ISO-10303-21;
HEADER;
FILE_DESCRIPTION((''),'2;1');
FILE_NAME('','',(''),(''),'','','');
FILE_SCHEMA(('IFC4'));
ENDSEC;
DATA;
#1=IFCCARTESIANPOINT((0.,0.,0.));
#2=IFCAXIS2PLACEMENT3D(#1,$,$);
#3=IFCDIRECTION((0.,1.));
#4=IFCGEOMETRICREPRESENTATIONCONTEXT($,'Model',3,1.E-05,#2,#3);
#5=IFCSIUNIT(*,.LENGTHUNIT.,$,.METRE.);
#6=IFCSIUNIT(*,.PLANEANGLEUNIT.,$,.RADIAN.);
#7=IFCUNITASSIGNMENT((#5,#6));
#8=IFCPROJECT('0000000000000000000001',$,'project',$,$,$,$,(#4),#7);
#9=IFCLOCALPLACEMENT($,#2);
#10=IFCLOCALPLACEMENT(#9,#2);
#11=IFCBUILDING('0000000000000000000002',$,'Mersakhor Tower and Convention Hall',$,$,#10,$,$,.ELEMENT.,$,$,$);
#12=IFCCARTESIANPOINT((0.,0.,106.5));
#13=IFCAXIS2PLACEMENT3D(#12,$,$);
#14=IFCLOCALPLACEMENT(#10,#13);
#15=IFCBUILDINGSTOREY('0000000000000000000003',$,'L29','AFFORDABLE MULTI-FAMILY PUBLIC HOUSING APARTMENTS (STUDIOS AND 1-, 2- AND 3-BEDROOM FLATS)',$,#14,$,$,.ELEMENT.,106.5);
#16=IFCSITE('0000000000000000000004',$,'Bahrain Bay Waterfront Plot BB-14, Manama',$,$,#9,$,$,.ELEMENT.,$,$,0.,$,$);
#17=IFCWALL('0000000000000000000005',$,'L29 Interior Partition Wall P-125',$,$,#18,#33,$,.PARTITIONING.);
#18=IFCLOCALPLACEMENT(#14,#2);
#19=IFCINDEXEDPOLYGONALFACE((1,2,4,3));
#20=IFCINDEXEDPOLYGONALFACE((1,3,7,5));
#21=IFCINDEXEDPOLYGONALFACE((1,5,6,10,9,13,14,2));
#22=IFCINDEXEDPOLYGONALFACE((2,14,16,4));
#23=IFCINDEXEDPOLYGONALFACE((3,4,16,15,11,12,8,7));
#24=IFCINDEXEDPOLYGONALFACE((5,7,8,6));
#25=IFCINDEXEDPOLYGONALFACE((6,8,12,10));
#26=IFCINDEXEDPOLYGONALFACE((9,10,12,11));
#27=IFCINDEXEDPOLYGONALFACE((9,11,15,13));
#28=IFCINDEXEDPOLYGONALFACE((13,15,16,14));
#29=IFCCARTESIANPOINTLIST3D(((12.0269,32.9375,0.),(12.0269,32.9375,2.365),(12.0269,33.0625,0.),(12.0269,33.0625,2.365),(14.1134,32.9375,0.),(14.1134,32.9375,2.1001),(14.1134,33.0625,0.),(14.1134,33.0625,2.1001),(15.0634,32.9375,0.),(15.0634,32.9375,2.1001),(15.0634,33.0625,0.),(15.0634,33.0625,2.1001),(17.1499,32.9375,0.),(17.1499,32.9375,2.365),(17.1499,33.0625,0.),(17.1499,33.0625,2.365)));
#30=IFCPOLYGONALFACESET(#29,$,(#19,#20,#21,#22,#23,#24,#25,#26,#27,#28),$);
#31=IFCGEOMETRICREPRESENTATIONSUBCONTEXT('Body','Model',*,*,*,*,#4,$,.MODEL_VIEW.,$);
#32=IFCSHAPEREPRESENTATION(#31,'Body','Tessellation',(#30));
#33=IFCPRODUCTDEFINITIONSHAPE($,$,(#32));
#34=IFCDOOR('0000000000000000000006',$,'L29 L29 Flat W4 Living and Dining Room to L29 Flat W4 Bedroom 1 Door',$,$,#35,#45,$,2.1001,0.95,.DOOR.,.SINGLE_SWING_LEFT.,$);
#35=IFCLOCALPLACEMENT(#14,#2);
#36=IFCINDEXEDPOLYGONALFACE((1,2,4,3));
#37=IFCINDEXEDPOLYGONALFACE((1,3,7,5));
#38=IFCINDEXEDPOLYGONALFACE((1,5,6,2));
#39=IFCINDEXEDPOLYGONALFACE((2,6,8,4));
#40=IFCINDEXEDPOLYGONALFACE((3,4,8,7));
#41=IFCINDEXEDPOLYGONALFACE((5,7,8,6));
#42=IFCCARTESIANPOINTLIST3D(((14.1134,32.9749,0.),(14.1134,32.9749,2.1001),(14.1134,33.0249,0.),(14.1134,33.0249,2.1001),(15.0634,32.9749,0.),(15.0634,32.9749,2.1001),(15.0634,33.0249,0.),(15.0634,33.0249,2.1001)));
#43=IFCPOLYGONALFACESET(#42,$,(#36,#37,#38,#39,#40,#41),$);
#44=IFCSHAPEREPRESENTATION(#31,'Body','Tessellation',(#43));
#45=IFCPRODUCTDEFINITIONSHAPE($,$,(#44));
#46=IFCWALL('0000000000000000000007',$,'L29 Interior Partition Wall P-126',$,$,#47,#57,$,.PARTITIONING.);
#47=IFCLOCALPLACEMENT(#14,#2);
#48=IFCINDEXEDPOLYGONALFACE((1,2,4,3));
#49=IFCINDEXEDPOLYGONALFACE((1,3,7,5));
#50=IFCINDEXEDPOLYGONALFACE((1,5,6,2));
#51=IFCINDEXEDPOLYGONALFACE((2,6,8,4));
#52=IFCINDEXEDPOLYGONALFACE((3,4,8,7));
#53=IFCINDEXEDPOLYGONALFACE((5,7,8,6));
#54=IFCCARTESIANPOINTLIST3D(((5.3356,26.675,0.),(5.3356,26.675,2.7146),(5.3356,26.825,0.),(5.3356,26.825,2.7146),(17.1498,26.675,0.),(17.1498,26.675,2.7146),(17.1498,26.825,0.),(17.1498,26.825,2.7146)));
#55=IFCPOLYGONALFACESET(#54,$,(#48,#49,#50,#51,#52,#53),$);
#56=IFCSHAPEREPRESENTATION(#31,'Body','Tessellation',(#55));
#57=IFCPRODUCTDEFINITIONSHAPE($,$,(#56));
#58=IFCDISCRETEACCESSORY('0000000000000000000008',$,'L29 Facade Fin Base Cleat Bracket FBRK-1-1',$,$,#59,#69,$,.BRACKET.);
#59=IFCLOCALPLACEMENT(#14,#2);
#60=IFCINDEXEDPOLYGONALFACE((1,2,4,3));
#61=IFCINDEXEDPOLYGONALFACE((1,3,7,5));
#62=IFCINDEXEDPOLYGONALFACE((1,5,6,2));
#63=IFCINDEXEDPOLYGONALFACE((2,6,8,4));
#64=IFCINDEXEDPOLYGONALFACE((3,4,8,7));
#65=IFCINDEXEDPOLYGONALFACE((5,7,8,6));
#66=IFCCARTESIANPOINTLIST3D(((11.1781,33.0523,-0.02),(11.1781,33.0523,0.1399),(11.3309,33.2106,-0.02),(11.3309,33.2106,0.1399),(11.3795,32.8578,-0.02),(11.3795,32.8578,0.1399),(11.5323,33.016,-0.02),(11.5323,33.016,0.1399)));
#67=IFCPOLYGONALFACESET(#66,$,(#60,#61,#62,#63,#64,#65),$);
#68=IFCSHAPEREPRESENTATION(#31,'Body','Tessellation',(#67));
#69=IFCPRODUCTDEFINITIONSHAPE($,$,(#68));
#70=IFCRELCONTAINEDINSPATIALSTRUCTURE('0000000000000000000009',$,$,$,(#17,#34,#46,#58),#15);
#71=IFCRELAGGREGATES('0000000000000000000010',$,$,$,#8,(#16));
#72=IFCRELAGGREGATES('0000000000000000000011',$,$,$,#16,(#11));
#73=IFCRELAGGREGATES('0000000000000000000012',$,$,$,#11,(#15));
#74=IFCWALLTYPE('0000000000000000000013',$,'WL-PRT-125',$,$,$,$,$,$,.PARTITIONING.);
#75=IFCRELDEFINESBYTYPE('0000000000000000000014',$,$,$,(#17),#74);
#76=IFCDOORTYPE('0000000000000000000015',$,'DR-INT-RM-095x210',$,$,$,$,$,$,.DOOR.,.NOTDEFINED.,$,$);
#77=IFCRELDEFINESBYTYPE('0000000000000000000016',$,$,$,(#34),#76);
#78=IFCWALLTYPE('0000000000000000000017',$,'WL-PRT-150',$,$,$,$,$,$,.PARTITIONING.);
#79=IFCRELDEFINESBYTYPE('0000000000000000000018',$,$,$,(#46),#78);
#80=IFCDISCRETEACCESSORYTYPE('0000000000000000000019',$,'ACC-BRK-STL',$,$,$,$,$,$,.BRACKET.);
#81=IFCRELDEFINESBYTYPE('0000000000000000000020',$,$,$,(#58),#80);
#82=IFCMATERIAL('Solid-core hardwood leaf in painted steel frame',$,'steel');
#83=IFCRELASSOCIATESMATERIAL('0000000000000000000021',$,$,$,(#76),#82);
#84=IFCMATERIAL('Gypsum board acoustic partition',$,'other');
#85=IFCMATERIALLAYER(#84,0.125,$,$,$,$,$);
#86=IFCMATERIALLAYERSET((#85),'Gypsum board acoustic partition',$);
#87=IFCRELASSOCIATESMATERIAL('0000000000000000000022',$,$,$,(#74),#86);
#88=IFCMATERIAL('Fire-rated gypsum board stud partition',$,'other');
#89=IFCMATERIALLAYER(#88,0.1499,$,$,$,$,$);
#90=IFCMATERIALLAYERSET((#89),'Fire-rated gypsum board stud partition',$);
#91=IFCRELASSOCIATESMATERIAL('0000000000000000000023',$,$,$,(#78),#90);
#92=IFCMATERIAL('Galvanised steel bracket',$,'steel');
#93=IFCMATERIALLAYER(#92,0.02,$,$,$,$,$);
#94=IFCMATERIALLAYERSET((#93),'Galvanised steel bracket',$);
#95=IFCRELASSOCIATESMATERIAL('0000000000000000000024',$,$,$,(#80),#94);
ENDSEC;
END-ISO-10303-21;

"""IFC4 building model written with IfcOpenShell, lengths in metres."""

from ifc_helpers import new_model, si_unit, direction, frame, frame_2d, origin, origin_2d, place, context, subcontext, project, spatial, rectangle, extrude, material, layer, layer_set, type_object, element, fill, save


model = new_model("IFC4")

# Units and contexts
model_context = context("Model", 3, precision=1e-05, world=origin(), true_north=direction((0.0, 1.0)))
body_context = subcontext(model_context, "Body", "Model", "MODEL_VIEW")
ifc_project = project(units=[si_unit("LENGTHUNIT", "METRE"), si_unit("PLANEANGLEUNIT", "RADIAN")], contexts=[model_context])

# Site, building, storey
site_placement = place(None, origin())
site = spatial("IfcSite", under=ifc_project, at=site_placement, Name="Bahrain Bay Waterfront Plot BB-14, Manama", CompositionType="ELEMENT", RefElevation=0.0)
building_placement = place(site_placement, origin())
building = spatial("IfcBuilding", under=site, at=building_placement, Name="Mersakhor Tower and Convention Hall", CompositionType="ELEMENT")
storey_placement = place(building_placement, frame((0.0, 0.0, 106.5)))
storey = spatial("IfcBuildingStorey", under=building, at=storey_placement, Name="L29", Description="AFFORDABLE MULTI-FAMILY PUBLIC HOUSING APARTMENTS (STUDIOS AND 1-, 2- AND 3-BEDROOM FLATS)", CompositionType="ELEMENT", Elevation=106.5)

# Shared definitions
ifc_material_1 = material(Name="Solid-core hardwood leaf in painted steel frame", Category="steel")
door_type_1 = type_object("IfcDoorType", Name="DR-INT-RM-095x210", OperationType="NOTDEFINED", PredefinedType="DOOR", material=ifc_material_1)

# Shared definitions
ifc_material_2 = material(Name="Gypsum board acoustic partition", Category="other")
ifc_layer_1 = layer(ifc_material_2, 0.125)
ifc_layer_set_1 = layer_set([ifc_layer_1], Name="Gypsum board acoustic partition")
wall_type_1 = type_object("IfcWallType", Name="WL-PRT-125", PredefinedType="PARTITIONING", material=ifc_layer_set_1)

# Wall, opening, door
wall_1_placement = place(storey_placement, frame((12.0269, 33.0, 0.0), z_axis=(0.0, 0.0, 1.0), x_axis=(1.0, 0.0, 0.0)))
wall_1 = element("IfcWall", 1, at=wall_1_placement, inside=storey, type_object=wall_type_1, Name="L29 Interior Partition Wall P-125", PredefinedType="PARTITIONING", context=body_context, shape_type="SweptSolid", body=[
    extrude(rectangle(XDim=5.123, YDim=0.125, at=frame_2d((2.5615, 0.0))), origin(), (0.0, 0.0, 1.0), 2.365),
])
opening_1_placement = place(wall_1_placement, frame((2.0864, 0.0, 0.0)))
opening_1 = element("IfcOpeningElement", 2, at=opening_1_placement, cuts=wall_1, PredefinedType="OPENING", context=body_context, shape_type="SweptSolid", body=[
    extrude(rectangle(XDim=0.95, YDim=2.1001, at=frame_2d((0.4751, 1.05))), frame((0.0, 0.0725, 0.0), z_axis=(0.0, -1.0, 0.0), x_axis=(1.0, 0.0, 0.0)), (0.0, 0.0, 1.0), 0.145),
])
door_1_placement = place(opening_1_placement, origin())
door_1 = element("IfcDoor", 3, at=door_1_placement, inside=storey, type_object=door_type_1, Name="L29 L29 Flat W4 Living and Dining Room to L29 Flat W4 Bedroom 1 Door", OperationType="SINGLE_SWING_LEFT", OverallHeight=2.1001, OverallWidth=0.95, PredefinedType="DOOR", context=body_context, shape_type="SweptSolid", body=[
    extrude(rectangle(XDim=0.95, YDim=2.1001, at=frame_2d((0.4751, 1.05))), frame((0.0, 0.0249, 0.0), z_axis=(0.0, -1.0, 0.0), x_axis=(1.0, 0.0, 0.0)), (0.0, 0.0, 1.0), 0.05),
])
fill(opening_1, door_1)

# Wall
ifc_material_3 = material(Name="Fire-rated gypsum board stud partition", Category="other")
ifc_layer_2 = layer(ifc_material_3, 0.1499)
ifc_layer_set_2 = layer_set([ifc_layer_2], Name="Fire-rated gypsum board stud partition")
wall_type_2 = type_object("IfcWallType", Name="WL-PRT-150", PredefinedType="PARTITIONING", material=ifc_layer_set_2)
wall_2_placement = place(storey_placement, frame((17.1499, 26.75, 0.0), z_axis=(0.0, 0.0, 1.0), x_axis=(-1.0, 0.0, 0.0)))
element("IfcWall", 4, at=wall_2_placement, inside=storey, type_object=wall_type_2, Name="L29 Interior Partition Wall P-126", PredefinedType="PARTITIONING", context=body_context, shape_type="SweptSolid", body=[
    extrude(rectangle(XDim=11.8142, YDim=0.1499, at=frame_2d((5.9072, 0.0))), origin(), (0.0, 0.0, 1.0), 2.7146),
])

# Discrete accessory
ifc_material_4 = material(Name="Galvanised steel bracket", Category="steel")
ifc_layer_3 = layer(ifc_material_4, 0.02)
ifc_layer_set_3 = layer_set([ifc_layer_3], Name="Galvanised steel bracket")
discrete_accessory_type = type_object("IfcDiscreteAccessoryType", Name="ACC-BRK-STL", PredefinedType="BRACKET", material=ifc_layer_set_3)
discrete_accessory_placement = place(storey_placement, frame((11.3552, 33.0342, -0.02), z_axis=(0.0, 0.0, 1.0), x_axis=(-0.71934, 0.694658, 0.0)))
element("IfcDiscreteAccessory", 5, at=discrete_accessory_placement, inside=storey, type_object=discrete_accessory_type, Name="L29 Facade Fin Base Cleat Bracket FBRK-1-1", PredefinedType="BRACKET", context=body_context, shape_type="SweptSolid", body=[
    extrude(rectangle(XDim=0.28, YDim=0.22, at=origin_2d()), origin(), (0.0, 0.0, 1.0), 0.1599),
])

save(model, "model.ifc")
